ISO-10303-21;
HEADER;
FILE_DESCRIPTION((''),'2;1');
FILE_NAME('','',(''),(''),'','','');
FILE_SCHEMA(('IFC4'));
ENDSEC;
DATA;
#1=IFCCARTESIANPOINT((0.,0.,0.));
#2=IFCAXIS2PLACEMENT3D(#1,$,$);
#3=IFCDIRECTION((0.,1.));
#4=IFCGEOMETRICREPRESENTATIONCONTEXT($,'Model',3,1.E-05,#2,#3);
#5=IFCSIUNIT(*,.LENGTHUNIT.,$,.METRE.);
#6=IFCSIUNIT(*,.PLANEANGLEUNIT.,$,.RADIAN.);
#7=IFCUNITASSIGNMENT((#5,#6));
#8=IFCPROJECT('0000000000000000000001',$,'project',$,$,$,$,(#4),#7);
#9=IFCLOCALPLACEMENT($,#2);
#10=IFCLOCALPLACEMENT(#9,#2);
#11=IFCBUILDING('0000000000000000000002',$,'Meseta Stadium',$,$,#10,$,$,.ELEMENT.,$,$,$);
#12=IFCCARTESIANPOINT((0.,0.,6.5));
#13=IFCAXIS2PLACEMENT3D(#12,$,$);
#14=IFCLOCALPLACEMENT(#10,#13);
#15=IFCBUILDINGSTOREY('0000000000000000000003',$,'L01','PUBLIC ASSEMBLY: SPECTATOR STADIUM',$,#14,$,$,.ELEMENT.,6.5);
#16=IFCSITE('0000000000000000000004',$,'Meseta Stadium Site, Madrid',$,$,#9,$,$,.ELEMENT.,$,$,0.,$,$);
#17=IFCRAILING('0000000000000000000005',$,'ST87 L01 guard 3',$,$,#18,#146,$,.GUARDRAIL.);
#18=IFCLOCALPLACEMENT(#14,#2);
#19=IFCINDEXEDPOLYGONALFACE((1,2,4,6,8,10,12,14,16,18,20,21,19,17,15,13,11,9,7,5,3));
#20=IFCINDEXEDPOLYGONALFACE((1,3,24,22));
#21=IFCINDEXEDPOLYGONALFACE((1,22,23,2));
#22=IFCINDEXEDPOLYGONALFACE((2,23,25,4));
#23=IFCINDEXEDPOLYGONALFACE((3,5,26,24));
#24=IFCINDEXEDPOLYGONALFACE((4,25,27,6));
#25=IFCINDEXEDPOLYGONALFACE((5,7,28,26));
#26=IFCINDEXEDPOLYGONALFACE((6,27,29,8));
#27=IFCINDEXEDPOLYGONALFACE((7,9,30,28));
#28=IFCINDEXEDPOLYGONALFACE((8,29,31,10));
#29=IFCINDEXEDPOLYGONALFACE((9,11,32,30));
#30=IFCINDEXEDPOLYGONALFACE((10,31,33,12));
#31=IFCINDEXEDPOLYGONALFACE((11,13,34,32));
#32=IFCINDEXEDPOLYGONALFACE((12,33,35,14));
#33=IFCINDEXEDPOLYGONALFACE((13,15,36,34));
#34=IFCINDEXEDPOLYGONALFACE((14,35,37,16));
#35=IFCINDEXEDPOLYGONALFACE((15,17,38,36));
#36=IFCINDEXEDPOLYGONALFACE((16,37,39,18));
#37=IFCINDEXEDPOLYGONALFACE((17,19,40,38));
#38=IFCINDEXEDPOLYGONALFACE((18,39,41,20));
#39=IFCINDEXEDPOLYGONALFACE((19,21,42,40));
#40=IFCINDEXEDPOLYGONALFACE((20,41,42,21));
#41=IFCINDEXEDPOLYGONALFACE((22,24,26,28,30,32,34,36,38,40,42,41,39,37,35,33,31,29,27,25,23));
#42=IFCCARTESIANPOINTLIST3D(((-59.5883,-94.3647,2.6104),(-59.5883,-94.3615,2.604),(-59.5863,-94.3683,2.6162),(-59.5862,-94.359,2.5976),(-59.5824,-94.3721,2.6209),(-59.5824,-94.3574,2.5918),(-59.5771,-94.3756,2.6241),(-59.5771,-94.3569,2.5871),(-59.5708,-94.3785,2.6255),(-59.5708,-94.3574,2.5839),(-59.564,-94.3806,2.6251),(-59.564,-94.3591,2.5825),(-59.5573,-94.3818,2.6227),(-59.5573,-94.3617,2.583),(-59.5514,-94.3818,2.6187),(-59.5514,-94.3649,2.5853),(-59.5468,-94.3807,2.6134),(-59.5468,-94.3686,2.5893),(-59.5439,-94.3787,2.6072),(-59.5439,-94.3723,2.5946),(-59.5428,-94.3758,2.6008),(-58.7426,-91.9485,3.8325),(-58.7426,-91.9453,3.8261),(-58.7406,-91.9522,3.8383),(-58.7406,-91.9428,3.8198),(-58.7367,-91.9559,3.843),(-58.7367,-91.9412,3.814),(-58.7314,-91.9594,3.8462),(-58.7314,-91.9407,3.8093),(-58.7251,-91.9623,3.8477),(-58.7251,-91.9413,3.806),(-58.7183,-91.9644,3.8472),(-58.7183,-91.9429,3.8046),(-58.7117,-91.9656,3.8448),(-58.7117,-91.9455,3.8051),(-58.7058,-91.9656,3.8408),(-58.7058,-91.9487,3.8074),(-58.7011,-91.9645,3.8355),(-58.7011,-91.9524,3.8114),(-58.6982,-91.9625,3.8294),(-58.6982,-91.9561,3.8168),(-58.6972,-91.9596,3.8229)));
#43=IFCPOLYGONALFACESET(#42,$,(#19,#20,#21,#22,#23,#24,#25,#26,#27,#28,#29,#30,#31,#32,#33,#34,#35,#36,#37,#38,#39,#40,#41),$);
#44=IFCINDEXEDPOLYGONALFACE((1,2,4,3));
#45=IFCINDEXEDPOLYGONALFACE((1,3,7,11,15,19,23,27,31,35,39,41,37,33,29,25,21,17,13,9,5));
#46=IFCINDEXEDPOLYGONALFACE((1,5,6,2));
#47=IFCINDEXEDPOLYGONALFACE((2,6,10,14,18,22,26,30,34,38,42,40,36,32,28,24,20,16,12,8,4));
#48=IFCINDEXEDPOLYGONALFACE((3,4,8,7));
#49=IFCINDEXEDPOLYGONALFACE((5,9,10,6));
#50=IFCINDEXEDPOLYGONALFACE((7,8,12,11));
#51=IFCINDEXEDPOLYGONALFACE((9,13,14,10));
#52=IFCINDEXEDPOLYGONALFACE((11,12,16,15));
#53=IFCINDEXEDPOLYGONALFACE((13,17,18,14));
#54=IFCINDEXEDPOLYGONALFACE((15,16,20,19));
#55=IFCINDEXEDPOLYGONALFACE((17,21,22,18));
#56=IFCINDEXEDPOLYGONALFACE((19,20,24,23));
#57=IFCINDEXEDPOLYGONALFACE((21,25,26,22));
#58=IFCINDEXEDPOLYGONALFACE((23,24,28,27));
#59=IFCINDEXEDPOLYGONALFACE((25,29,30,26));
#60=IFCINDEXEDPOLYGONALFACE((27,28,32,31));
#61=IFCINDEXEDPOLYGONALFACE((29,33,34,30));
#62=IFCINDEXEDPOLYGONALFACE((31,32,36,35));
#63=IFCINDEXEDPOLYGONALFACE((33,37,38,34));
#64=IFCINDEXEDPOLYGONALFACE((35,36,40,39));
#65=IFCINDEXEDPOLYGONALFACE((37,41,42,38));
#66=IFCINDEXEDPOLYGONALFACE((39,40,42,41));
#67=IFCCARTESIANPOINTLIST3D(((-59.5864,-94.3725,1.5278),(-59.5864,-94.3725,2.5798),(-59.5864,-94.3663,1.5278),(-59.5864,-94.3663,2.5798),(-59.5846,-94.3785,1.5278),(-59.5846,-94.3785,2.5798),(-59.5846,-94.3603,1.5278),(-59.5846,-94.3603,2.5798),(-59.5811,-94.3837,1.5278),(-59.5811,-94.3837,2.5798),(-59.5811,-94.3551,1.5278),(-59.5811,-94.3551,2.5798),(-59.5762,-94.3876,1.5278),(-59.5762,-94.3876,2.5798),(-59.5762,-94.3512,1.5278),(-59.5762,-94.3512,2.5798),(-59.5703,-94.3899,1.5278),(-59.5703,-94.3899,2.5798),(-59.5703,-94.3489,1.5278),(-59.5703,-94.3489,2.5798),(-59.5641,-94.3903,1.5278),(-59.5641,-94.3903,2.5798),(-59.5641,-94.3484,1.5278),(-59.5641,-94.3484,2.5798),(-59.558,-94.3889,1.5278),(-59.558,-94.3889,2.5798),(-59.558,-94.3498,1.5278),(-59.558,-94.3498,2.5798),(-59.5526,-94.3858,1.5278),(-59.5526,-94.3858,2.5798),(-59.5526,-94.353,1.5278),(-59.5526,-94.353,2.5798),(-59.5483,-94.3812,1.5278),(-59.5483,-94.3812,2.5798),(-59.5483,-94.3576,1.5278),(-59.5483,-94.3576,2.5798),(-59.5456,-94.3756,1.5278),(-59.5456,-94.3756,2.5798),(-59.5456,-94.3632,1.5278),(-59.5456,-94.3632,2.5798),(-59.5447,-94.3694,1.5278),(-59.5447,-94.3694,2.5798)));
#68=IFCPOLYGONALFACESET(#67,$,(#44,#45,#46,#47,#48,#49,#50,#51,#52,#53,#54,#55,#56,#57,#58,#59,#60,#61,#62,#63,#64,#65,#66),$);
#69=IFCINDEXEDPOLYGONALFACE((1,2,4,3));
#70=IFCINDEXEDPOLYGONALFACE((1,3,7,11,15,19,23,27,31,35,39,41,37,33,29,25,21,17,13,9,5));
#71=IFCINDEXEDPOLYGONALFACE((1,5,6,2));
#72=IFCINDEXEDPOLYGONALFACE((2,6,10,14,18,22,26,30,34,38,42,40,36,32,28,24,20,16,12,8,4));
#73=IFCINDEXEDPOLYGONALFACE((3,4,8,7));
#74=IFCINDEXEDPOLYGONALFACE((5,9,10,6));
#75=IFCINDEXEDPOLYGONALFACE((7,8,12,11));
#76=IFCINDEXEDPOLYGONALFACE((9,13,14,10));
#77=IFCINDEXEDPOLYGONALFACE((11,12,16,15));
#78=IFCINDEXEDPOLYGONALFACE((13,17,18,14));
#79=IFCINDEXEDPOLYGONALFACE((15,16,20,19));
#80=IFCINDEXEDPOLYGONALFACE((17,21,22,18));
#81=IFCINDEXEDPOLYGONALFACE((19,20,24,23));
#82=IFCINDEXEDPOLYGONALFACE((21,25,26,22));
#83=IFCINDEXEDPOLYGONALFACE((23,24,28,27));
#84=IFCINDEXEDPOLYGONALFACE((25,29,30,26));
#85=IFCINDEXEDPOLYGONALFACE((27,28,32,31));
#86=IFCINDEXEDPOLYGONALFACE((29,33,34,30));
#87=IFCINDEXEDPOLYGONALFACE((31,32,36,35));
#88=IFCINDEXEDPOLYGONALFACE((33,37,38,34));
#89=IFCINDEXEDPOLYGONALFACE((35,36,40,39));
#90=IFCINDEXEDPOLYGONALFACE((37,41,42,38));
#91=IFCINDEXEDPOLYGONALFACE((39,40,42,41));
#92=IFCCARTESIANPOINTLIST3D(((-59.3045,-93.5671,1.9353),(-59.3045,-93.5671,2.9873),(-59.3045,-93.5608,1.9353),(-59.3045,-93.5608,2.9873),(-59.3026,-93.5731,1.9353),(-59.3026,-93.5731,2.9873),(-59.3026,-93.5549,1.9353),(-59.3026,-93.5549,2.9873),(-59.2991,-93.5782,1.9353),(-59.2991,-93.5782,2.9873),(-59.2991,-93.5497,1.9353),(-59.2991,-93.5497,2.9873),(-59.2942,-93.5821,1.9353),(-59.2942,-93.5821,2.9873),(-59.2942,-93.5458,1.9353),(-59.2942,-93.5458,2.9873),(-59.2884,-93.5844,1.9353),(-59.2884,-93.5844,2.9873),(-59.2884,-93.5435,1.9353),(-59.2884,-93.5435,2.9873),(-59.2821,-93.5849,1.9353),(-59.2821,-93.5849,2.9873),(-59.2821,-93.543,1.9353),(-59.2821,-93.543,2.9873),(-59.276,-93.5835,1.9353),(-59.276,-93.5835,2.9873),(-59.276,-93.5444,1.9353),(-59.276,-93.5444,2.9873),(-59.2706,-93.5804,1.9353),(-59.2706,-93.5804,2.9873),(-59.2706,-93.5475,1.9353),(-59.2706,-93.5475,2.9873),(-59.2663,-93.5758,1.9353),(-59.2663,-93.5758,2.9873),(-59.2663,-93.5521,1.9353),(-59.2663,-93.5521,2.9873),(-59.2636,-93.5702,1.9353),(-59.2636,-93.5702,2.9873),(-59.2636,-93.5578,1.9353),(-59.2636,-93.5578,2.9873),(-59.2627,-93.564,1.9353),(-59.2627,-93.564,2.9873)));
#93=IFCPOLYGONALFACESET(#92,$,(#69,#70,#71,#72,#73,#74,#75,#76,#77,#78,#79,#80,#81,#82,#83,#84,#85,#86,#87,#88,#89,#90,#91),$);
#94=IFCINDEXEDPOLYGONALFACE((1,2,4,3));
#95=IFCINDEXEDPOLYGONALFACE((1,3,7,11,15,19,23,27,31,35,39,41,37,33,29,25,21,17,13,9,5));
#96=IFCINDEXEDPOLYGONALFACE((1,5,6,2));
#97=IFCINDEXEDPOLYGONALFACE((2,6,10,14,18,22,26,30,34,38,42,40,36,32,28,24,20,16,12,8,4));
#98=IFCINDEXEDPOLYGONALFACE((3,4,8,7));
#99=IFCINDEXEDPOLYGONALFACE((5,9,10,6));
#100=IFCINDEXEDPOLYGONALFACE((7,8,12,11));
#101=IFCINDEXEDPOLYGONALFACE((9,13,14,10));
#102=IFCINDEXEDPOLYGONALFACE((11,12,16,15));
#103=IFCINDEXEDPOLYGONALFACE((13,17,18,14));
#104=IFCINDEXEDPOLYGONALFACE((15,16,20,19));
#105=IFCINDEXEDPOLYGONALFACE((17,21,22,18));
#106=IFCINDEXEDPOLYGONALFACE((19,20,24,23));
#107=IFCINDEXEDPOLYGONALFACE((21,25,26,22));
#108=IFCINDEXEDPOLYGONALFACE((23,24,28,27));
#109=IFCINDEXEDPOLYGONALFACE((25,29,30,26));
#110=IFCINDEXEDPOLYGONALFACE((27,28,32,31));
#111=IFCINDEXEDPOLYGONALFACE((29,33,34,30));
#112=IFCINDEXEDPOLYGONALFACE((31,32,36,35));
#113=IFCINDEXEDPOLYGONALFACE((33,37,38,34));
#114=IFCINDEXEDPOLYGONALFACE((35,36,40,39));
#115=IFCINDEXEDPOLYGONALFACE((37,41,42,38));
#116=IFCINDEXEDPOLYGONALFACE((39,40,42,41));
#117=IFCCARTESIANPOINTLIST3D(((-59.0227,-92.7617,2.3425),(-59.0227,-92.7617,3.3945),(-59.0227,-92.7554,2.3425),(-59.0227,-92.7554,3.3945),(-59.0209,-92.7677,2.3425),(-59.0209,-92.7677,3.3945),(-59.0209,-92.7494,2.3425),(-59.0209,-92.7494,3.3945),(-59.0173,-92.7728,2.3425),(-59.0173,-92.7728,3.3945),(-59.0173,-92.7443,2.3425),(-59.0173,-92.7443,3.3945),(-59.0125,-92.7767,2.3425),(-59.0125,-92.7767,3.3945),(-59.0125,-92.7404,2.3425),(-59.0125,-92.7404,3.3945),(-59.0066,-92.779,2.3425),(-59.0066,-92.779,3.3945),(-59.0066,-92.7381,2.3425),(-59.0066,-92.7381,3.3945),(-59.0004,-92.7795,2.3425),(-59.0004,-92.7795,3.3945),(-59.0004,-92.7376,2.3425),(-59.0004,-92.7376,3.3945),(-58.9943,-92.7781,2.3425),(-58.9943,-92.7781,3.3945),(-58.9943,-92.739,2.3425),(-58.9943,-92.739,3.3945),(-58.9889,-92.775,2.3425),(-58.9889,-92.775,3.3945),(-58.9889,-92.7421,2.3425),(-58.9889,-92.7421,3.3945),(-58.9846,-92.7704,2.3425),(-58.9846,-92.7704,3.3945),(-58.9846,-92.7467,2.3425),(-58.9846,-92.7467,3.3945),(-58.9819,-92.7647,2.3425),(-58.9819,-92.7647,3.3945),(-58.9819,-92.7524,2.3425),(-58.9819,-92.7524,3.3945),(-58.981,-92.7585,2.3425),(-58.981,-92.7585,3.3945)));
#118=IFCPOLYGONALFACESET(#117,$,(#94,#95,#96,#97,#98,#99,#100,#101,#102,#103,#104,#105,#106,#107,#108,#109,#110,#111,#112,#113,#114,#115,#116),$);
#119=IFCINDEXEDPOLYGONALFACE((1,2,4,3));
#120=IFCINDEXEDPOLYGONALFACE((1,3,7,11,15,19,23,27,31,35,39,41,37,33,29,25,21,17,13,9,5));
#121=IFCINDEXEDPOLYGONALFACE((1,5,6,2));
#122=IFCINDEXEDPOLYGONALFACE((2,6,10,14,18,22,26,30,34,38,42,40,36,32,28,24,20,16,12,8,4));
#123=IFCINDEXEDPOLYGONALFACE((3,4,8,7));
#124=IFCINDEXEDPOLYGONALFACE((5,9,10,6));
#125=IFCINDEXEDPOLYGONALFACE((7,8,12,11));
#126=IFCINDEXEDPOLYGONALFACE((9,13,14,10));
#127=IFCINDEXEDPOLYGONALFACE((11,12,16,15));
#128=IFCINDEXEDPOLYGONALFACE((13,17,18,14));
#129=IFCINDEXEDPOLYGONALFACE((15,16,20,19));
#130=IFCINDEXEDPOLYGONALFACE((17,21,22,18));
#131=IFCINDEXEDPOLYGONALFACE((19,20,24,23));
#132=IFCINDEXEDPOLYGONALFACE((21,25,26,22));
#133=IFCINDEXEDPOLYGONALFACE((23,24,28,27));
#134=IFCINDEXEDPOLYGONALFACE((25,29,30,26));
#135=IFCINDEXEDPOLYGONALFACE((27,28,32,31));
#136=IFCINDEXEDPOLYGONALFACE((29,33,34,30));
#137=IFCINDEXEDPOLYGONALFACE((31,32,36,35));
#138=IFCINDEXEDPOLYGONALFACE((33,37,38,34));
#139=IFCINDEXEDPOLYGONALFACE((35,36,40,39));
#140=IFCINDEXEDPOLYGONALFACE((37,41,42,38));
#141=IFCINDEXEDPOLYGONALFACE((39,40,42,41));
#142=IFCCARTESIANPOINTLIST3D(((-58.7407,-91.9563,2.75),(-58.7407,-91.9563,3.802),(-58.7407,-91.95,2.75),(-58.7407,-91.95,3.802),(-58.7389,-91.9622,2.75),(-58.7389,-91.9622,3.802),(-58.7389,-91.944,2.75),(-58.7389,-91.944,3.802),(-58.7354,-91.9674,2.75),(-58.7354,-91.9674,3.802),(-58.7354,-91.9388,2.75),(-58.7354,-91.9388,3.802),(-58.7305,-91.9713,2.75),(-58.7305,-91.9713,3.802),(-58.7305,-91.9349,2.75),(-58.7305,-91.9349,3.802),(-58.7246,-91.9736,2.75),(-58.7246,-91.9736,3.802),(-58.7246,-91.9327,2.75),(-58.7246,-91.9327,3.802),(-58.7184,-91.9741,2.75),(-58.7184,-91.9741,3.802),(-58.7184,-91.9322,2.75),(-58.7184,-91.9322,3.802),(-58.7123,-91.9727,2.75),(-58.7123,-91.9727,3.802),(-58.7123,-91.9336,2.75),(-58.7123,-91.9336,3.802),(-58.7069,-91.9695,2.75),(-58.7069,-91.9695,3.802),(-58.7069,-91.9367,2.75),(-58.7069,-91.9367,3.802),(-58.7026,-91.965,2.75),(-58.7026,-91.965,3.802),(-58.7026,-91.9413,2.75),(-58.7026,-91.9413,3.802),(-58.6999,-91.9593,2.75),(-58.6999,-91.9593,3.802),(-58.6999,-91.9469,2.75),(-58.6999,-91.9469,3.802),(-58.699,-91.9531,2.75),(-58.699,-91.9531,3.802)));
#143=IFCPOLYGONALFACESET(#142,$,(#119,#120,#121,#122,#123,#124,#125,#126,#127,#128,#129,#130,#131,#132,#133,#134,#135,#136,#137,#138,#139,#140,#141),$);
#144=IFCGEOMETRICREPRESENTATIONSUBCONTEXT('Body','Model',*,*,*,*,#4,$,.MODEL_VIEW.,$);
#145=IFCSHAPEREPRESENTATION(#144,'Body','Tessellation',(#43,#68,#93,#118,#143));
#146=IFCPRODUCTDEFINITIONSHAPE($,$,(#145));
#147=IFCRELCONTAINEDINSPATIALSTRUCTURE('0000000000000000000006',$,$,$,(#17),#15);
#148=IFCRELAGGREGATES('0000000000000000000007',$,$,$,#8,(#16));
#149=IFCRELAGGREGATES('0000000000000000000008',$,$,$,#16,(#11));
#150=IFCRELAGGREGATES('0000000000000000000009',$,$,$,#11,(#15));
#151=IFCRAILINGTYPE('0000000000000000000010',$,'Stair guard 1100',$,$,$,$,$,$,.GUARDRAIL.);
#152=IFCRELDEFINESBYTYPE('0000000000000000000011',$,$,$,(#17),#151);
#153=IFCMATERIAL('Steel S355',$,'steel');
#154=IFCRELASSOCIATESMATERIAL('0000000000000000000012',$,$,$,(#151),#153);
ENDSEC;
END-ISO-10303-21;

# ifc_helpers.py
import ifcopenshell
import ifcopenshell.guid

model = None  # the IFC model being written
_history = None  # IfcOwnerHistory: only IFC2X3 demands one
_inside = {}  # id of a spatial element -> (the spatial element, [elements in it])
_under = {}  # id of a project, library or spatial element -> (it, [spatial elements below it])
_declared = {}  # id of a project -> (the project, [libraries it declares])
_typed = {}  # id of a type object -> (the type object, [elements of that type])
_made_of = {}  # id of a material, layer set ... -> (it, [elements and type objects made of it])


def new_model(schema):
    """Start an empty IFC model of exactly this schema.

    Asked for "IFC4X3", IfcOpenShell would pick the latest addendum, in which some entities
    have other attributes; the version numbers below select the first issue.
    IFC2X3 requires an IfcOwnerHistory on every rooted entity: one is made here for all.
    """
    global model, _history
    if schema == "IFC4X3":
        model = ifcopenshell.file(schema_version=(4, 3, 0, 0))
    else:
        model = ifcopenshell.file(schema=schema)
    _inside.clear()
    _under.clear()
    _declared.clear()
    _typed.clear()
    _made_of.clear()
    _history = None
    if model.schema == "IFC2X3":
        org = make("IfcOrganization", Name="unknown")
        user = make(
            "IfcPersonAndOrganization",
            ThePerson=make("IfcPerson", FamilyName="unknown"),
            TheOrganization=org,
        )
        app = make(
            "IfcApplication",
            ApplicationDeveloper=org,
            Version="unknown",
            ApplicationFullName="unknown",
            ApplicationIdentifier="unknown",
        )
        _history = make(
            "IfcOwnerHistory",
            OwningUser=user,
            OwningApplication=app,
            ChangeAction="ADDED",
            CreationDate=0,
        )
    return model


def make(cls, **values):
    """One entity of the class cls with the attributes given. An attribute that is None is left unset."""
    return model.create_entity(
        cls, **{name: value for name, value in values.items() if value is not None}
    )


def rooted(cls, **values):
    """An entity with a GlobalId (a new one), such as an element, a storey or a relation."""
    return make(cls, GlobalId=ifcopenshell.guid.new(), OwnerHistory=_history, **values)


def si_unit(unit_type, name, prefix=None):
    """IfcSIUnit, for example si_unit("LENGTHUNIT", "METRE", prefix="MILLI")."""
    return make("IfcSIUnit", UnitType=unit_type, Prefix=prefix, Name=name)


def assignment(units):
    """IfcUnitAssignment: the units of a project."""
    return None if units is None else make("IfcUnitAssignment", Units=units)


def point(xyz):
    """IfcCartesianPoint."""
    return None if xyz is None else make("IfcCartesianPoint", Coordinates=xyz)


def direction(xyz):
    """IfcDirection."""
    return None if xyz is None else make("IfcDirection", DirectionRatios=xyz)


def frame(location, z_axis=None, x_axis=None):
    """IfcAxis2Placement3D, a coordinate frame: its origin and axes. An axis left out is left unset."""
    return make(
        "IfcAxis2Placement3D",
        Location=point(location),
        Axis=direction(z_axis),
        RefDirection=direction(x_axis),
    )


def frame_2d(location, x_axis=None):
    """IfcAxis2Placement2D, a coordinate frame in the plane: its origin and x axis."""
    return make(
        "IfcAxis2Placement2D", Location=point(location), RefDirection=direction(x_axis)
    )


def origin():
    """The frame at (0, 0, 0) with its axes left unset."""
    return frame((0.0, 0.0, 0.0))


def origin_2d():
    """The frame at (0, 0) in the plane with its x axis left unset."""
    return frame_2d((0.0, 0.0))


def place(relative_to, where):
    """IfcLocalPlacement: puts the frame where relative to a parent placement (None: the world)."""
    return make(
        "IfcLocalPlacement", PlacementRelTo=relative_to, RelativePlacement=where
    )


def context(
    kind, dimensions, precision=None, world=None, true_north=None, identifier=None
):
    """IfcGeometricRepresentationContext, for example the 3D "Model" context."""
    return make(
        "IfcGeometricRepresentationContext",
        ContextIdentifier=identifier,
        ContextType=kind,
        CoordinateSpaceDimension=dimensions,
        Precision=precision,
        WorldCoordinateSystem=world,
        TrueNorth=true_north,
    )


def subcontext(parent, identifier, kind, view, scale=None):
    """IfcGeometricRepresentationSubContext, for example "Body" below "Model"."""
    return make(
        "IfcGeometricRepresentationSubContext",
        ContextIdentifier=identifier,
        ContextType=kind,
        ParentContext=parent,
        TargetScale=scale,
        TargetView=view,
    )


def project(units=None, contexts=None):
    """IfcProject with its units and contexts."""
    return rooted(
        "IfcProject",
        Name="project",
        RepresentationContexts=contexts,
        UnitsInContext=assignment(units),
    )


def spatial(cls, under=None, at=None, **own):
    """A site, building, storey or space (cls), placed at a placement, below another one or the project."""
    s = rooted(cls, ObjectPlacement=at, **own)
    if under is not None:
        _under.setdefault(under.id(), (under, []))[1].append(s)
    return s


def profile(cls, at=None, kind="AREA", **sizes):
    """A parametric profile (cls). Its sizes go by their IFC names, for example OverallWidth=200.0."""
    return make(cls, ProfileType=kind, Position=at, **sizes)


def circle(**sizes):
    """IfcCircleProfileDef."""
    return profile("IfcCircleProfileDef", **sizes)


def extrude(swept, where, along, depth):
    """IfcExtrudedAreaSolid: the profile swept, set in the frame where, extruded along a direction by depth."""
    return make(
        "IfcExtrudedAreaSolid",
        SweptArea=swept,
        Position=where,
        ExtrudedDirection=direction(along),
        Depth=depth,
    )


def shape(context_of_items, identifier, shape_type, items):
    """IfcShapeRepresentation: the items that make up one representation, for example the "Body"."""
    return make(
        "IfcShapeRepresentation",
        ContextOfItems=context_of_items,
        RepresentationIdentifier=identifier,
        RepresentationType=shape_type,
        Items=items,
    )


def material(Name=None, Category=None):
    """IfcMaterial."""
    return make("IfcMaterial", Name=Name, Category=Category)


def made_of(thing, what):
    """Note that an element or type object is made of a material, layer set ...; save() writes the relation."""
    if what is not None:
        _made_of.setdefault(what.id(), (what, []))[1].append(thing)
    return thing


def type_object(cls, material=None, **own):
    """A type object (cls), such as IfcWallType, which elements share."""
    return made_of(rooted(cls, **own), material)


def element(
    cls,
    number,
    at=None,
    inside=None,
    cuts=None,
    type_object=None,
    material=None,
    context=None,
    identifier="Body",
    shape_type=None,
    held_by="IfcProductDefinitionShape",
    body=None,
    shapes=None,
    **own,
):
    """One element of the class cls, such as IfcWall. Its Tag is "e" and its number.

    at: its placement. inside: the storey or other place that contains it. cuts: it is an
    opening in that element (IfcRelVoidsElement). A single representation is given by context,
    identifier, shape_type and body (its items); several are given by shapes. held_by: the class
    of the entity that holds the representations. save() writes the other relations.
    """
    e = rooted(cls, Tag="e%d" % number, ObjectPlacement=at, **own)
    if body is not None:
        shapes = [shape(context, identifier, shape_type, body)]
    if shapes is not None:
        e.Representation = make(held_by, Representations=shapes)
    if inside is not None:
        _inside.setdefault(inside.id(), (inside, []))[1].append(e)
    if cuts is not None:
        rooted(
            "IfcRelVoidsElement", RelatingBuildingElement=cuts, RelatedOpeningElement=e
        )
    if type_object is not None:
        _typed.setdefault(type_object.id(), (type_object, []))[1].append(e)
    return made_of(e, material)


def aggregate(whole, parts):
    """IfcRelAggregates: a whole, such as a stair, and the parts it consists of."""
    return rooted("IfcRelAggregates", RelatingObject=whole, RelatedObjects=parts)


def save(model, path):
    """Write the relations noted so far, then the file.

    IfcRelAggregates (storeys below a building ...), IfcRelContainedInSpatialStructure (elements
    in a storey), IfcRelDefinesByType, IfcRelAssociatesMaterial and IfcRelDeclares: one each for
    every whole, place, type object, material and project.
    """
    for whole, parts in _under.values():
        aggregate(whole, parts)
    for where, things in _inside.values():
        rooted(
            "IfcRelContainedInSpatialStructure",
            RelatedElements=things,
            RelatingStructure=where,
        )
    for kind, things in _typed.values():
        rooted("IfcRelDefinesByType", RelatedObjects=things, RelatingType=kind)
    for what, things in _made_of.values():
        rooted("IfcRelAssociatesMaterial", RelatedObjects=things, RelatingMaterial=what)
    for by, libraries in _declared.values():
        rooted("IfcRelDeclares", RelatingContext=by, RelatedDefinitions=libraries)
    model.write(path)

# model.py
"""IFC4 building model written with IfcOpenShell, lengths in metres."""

from ifc_helpers import new_model, si_unit, direction, frame, origin, origin_2d, place, context, subcontext, project, spatial, circle, extrude, material, type_object, element, save


model = new_model("IFC4")

# Units and contexts
model_context = context("Model", 3, precision=1e-05, world=origin(), true_north=direction((0.0, 1.0)))
body_context = subcontext(model_context, "Body", "Model", "MODEL_VIEW")
ifc_project = project(units=[si_unit("LENGTHUNIT", "METRE"), si_unit("PLANEANGLEUNIT", "RADIAN")], contexts=[model_context])

# Site, building, storey
site_placement = place(None, origin())
site = spatial("IfcSite", under=ifc_project, at=site_placement, Name="Meseta Stadium Site, Madrid", CompositionType="ELEMENT", RefElevation=0.0)
building_placement = place(site_placement, origin())
building = spatial("IfcBuilding", under=site, at=building_placement, Name="Meseta Stadium", CompositionType="ELEMENT")
storey_placement = place(building_placement, frame((0.0, 0.0, 6.5)))
storey = spatial("IfcBuildingStorey", under=building, at=storey_placement, Name="L01", Description="PUBLIC ASSEMBLY: SPECTATOR STADIUM", CompositionType="ELEMENT", Elevation=6.5)

# Railing
ifc_material_1 = material(Name="Steel S355", Category="steel")
railing_type_1 = type_object("IfcRailingType", Name="Stair guard 1100", PredefinedType="GUARDRAIL", material=ifc_material_1)
railing_1_placement = place(storey_placement, frame((-59.5657, -94.3694, 1.5278)))
element("IfcRailing", 1, at=railing_1_placement, inside=storey, type_object=railing_type_1, Name="ST87 L01 guard 3", PredefinedType="GUARDRAIL", context=body_context, shape_type="SweptSolid", body=[
    extrude(circle(Radius=0.0239, at=origin_2d()), frame((0.0, 0.0, 1.0762), z_axis=(0.298123, 0.851767, 0.430832), x_axis=(-0.943857, 0.330355, 0.0)), (0.0, 0.0, 1.0), 2.8367),
    extrude(circle(Radius=0.021, at=origin_2d()), origin(), (0.0, 0.0, 1.0), 1.052),
    extrude(circle(Radius=0.021, at=origin_2d()), frame((0.282, 0.8054, 0.4075)), (0.0, 0.0, 1.0), 1.052),
    extrude(circle(Radius=0.021, at=origin_2d()), frame((0.5637, 1.6108, 0.8147)), (0.0, 0.0, 1.0), 1.052),
    extrude(circle(Radius=0.021, at=origin_2d()), frame((0.8457, 2.4163, 1.2222)), (0.0, 0.0, 1.0), 1.052),
])

save(model, "model.ifc")
